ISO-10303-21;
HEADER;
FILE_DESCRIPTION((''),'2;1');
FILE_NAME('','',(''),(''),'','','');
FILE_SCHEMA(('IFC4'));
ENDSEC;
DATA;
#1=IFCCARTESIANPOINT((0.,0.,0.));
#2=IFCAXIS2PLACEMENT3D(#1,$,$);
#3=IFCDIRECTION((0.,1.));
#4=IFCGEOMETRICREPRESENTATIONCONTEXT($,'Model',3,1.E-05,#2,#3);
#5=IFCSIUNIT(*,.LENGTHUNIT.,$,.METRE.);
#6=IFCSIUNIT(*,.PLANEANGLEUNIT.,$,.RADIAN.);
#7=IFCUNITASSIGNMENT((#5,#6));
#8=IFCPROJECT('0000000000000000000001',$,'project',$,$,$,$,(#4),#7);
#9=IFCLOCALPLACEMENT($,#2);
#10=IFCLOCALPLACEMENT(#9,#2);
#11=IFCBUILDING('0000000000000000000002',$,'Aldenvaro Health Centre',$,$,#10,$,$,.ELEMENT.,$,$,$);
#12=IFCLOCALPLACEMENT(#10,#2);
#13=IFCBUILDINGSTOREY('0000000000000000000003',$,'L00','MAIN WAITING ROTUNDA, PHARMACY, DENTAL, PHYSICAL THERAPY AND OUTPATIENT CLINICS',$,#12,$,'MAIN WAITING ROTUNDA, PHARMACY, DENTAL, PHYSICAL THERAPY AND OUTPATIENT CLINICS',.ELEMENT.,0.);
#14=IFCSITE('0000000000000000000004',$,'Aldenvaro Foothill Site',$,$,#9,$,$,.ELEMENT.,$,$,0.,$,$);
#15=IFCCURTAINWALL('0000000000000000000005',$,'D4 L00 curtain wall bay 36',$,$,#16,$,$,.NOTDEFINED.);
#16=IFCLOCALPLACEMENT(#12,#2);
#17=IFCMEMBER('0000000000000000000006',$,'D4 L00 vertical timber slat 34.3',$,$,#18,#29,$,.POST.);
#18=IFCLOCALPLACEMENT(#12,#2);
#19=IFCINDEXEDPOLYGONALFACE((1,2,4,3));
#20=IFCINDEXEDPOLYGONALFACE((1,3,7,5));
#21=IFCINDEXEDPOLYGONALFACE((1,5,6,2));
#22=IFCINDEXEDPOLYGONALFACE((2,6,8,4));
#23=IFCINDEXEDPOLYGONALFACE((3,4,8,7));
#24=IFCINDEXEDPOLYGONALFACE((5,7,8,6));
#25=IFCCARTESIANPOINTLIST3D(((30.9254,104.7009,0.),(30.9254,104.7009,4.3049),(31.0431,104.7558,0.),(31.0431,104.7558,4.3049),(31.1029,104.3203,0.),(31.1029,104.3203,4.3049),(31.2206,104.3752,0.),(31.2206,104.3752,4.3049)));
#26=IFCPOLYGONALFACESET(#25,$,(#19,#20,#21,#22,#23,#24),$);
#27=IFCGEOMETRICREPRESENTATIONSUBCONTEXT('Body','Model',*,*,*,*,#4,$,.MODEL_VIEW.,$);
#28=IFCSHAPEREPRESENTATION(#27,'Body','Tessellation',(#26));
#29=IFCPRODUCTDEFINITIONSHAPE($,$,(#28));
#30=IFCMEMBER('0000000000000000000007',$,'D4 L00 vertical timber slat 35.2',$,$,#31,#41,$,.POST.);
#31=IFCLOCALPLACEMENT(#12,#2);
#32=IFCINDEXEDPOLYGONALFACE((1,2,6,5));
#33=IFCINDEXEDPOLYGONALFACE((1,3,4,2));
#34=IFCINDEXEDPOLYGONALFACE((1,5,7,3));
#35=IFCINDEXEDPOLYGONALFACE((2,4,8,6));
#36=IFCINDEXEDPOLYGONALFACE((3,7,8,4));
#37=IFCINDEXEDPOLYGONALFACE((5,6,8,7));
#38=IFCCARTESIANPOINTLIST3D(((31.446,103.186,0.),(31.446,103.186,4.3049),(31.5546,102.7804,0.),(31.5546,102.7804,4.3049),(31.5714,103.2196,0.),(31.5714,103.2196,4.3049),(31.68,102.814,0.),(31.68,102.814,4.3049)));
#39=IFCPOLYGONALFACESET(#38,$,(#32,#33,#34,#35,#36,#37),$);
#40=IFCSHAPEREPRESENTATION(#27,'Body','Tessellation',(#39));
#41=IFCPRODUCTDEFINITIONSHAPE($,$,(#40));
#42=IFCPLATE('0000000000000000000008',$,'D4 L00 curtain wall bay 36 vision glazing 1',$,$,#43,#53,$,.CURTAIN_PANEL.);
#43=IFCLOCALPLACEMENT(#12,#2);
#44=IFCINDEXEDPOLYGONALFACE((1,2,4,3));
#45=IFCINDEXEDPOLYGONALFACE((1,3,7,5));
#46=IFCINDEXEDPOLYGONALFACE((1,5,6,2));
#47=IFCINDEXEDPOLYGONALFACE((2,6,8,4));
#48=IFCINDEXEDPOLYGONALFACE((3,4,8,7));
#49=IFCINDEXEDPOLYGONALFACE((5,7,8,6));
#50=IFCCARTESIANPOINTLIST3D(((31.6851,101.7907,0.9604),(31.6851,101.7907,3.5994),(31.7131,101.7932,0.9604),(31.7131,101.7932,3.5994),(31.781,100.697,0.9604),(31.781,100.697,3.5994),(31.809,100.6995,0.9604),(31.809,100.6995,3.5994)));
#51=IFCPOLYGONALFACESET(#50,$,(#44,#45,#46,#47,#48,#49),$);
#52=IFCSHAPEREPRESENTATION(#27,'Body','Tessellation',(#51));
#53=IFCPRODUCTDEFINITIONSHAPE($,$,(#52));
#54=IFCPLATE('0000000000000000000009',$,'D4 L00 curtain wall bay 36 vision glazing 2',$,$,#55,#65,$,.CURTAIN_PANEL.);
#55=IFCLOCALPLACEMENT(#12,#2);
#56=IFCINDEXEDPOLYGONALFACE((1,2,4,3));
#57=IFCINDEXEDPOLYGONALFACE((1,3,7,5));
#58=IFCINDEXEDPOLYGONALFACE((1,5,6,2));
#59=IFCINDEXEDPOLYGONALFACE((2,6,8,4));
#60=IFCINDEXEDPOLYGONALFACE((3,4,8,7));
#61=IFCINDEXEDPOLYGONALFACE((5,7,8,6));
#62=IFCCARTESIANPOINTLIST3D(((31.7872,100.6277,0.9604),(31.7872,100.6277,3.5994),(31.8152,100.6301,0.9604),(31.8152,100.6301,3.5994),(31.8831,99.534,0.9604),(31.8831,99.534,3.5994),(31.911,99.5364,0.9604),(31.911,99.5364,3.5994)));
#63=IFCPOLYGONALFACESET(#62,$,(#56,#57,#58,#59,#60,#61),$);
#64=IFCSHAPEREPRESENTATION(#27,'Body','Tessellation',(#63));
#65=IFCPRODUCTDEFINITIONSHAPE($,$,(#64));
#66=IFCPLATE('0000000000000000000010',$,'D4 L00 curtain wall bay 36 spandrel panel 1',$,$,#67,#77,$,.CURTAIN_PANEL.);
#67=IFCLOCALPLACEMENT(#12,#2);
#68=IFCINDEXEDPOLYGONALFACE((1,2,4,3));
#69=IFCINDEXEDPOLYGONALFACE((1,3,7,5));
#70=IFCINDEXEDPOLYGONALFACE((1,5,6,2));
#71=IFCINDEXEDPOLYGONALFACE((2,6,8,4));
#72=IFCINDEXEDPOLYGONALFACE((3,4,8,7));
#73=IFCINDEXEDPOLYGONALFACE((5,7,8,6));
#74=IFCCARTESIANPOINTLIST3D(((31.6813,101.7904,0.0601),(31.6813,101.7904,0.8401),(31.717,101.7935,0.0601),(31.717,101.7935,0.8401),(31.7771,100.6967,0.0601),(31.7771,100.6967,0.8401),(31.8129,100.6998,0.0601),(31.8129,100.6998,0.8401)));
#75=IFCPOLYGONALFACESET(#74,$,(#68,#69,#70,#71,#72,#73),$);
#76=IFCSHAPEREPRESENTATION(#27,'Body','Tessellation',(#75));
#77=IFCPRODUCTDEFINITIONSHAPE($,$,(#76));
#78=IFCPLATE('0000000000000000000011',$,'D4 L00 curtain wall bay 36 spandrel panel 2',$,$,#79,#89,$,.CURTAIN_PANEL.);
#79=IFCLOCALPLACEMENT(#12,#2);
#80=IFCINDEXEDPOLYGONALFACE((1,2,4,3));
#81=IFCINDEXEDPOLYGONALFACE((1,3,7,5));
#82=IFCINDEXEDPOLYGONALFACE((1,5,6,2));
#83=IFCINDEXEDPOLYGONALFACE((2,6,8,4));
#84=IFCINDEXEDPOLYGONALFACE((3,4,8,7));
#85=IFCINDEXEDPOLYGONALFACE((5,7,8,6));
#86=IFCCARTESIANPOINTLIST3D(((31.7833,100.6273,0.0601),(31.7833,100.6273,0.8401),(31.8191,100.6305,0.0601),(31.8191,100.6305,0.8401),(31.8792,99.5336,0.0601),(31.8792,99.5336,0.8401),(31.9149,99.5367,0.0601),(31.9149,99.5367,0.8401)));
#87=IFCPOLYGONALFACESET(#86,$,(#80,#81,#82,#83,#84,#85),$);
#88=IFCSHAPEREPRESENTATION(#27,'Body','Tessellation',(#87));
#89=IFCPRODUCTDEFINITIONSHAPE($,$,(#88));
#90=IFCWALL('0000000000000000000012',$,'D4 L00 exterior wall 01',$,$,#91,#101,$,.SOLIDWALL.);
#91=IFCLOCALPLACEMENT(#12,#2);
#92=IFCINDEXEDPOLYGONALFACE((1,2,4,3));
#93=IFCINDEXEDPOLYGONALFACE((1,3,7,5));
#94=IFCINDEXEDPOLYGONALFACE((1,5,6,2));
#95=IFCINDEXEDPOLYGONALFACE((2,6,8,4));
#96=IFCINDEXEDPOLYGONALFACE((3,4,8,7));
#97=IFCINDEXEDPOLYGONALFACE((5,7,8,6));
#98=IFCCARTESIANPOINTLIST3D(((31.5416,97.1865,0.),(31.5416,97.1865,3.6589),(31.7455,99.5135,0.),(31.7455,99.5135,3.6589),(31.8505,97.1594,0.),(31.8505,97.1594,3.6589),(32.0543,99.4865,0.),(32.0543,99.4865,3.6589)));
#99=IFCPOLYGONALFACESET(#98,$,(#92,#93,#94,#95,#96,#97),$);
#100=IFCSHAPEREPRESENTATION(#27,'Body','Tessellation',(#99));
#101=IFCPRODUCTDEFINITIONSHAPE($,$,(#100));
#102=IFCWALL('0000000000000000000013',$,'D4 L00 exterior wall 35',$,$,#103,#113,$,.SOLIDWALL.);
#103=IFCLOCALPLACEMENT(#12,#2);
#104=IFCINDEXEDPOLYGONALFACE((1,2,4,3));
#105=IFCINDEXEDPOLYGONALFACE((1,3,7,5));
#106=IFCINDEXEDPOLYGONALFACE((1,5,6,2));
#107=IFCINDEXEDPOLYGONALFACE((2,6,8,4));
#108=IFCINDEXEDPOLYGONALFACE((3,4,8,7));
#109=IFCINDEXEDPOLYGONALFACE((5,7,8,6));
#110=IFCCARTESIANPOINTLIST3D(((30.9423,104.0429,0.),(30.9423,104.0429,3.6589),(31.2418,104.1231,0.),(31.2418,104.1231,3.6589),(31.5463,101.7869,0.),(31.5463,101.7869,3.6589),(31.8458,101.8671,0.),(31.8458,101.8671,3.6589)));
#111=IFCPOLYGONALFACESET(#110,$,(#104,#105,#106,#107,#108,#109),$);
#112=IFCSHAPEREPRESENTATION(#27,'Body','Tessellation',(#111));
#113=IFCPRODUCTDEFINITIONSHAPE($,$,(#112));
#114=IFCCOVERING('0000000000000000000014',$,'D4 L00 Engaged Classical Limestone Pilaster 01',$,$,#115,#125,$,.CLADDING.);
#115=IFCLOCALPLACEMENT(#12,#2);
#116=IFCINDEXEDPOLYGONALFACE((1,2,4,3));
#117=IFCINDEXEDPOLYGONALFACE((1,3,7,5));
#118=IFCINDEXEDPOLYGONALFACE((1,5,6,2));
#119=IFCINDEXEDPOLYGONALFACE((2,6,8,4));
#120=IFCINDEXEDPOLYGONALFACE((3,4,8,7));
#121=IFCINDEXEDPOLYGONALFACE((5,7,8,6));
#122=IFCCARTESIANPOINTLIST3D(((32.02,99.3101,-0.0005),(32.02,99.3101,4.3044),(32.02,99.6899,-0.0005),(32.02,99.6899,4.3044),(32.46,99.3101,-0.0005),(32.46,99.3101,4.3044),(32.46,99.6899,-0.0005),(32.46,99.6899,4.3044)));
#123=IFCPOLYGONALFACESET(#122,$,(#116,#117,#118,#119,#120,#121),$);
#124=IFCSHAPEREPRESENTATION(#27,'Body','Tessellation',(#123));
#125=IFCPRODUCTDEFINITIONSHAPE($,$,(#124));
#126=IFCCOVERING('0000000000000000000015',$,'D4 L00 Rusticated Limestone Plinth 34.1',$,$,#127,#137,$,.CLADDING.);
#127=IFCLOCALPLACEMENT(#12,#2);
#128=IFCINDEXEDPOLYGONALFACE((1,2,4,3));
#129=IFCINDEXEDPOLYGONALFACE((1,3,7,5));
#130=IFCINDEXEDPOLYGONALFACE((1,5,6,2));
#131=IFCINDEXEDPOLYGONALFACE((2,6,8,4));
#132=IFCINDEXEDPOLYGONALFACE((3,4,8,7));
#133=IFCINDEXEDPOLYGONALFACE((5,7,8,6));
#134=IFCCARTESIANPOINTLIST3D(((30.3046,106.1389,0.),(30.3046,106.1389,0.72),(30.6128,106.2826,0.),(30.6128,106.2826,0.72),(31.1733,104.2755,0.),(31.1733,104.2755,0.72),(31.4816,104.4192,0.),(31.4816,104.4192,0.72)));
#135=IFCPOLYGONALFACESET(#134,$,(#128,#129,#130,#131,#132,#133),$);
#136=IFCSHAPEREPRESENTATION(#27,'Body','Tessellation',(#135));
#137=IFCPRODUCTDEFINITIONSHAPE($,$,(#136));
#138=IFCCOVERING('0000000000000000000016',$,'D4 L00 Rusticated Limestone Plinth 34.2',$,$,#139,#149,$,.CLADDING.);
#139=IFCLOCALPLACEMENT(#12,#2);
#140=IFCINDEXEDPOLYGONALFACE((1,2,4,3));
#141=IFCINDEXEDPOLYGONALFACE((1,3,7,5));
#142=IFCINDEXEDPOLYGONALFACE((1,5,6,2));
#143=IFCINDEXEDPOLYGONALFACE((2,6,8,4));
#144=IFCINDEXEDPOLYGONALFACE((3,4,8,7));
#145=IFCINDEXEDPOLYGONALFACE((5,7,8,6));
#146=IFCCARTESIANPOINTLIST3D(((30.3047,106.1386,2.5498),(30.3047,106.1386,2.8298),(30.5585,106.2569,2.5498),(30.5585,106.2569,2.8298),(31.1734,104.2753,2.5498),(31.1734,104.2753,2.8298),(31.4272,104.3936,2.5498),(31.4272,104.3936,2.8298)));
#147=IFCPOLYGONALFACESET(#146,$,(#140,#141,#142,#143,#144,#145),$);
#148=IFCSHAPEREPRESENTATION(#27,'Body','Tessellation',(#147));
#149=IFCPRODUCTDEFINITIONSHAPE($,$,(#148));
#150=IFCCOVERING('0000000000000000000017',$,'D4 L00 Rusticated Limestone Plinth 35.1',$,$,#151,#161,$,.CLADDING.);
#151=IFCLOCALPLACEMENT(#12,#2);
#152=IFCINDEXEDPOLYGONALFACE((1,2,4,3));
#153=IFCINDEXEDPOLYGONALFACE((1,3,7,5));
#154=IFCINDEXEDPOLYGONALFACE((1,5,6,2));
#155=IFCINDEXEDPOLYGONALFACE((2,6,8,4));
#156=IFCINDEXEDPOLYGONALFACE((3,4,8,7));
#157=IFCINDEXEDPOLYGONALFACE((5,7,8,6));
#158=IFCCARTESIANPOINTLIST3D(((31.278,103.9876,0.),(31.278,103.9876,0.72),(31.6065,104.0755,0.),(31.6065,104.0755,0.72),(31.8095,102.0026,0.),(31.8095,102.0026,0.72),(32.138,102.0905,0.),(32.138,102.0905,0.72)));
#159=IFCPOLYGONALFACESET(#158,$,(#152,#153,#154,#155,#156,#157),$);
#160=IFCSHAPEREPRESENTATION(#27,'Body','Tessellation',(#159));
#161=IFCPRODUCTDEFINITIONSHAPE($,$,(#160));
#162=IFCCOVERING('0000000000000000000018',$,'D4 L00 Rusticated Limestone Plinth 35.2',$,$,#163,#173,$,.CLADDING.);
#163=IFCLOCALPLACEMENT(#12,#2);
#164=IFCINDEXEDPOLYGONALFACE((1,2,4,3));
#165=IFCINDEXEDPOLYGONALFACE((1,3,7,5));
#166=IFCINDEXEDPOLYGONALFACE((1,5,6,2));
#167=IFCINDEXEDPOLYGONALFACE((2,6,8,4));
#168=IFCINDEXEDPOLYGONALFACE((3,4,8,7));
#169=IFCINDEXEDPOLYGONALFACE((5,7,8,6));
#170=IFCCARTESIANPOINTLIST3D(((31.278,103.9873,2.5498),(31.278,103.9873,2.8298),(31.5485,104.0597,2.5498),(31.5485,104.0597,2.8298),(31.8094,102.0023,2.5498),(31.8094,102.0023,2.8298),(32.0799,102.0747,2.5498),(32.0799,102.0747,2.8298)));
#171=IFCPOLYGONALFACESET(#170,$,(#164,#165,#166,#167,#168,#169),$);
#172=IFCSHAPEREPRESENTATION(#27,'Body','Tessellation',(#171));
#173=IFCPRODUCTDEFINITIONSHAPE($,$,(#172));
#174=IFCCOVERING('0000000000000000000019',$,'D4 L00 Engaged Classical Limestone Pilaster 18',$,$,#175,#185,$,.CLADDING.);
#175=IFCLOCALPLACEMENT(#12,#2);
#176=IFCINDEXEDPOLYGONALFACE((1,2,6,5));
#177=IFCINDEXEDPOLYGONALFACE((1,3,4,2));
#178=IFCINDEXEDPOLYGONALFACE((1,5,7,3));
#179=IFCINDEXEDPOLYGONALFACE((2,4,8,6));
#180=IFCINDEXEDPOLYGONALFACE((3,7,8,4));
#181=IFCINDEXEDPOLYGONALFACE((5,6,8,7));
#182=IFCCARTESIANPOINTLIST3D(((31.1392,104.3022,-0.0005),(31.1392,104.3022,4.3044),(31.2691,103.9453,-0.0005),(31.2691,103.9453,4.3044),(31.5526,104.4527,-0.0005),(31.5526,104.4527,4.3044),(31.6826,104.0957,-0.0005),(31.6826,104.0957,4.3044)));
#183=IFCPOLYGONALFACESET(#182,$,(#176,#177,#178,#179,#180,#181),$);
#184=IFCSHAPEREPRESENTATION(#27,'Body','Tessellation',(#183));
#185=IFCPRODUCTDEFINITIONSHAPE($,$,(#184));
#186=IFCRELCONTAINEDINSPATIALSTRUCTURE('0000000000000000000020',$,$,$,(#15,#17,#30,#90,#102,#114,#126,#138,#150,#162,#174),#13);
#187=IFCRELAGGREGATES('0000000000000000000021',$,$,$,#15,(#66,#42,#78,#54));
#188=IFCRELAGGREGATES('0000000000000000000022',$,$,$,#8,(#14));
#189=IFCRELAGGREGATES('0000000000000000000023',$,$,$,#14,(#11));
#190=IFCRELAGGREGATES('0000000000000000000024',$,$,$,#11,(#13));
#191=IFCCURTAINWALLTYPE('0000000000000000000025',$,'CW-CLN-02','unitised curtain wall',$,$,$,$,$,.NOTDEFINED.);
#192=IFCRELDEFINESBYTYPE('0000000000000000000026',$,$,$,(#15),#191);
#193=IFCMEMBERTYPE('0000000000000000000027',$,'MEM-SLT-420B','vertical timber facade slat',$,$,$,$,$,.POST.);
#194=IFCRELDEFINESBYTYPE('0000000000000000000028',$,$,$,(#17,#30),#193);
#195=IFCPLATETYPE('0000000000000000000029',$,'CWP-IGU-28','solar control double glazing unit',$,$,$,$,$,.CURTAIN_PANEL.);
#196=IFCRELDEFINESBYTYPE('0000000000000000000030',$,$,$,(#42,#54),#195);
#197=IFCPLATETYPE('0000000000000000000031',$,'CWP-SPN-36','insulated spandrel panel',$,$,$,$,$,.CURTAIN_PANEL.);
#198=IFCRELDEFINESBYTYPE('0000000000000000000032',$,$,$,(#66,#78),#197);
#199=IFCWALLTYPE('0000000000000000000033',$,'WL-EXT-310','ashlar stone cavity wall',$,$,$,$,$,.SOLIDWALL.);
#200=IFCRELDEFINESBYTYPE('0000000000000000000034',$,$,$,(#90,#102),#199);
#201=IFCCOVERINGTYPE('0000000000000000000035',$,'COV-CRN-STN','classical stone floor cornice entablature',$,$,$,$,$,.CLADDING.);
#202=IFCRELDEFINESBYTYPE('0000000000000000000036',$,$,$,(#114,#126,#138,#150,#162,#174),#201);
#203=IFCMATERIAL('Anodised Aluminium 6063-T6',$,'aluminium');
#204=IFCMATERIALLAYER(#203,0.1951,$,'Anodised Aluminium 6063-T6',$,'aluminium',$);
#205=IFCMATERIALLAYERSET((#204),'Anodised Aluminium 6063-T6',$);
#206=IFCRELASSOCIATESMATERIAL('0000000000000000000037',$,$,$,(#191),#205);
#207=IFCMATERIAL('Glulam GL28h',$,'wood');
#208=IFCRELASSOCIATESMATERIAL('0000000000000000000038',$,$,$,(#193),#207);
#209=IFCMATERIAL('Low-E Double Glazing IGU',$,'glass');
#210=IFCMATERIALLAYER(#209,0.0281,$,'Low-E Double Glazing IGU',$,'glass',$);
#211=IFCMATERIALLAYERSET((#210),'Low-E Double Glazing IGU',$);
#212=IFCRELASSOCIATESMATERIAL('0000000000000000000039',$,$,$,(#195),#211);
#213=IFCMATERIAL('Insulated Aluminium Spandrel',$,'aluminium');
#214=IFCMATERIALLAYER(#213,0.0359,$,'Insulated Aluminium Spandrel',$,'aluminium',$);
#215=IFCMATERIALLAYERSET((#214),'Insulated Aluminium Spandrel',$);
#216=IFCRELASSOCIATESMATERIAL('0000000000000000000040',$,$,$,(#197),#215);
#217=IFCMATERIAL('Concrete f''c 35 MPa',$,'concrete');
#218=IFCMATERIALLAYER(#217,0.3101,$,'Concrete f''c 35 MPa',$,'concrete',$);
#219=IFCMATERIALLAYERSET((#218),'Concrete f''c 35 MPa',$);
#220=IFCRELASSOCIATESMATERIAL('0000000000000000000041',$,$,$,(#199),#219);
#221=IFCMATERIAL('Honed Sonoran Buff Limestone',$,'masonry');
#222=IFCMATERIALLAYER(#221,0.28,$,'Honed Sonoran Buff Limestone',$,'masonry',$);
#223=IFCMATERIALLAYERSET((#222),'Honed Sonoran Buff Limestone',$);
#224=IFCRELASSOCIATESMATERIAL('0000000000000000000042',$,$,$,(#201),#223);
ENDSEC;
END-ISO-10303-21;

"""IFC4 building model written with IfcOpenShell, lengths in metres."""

from ifc_helpers import new_model, si_unit, direction, frame, frame_2d, origin, origin_2d, place, context, subcontext, project, spatial, rectangle, extrude, material, layer, layer_set, material_profile, profile_set, type_object, element, aggregate, save


model = new_model("IFC4")

# Units and contexts
model_context = context("Model", 3, precision=1e-05, world=origin(), true_north=direction((0.0, 1.0)))
body_context = subcontext(model_context, "Body", "Model", "MODEL_VIEW")
ifc_project = project(units=[si_unit("LENGTHUNIT", "METRE"), si_unit("PLANEANGLEUNIT", "RADIAN")], contexts=[model_context])

# Site, building, storey
site_placement = place(None, origin())
site = spatial("IfcSite", under=ifc_project, at=site_placement, Name="Aldenvaro Foothill Site", CompositionType="ELEMENT", RefElevation=0.0)
building_placement = place(site_placement, origin())
building = spatial("IfcBuilding", under=site, at=building_placement, Name="Aldenvaro Health Centre", CompositionType="ELEMENT")
storey_placement = place(building_placement, origin())
storey = spatial("IfcBuildingStorey", under=building, at=storey_placement, Name="L00", Description="MAIN WAITING ROTUNDA, PHARMACY, DENTAL, PHYSICAL THERAPY AND OUTPATIENT CLINICS", LongName="MAIN WAITING ROTUNDA, PHARMACY, DENTAL, PHYSICAL THERAPY AND OUTPATIENT CLINICS", CompositionType="ELEMENT", Elevation=0.0)

# Shared definitions
ifc_material_1 = material(Name="Glulam GL28h", Category="wood")

# Curtain wall
ifc_material_2 = material(Name="Anodised Aluminium 6063-T6", Category="aluminium")
ifc_layer_1 = layer(ifc_material_2, 0.1951, Name="Anodised Aluminium 6063-T6", Category="aluminium")
ifc_layer_set_1 = layer_set([ifc_layer_1], Name="Anodised Aluminium 6063-T6")
curtain_wall_type = type_object("IfcCurtainWallType", Name="CW-CLN-02", Description="unitised curtain wall", PredefinedType="NOTDEFINED", material=ifc_layer_set_1)
curtain_wall_placement = place(storey_placement, origin())
curtain_wall = element("IfcCurtainWall", 1, at=curtain_wall_placement, inside=storey, type_object=curtain_wall_type, Name="D4 L00 curtain wall bay 36", PredefinedType="NOTDEFINED")

# Members
ifc_material_profile_1 = material_profile(ifc_material_1, rectangle(XDim=0.1299, YDim=0.4199, at=origin_2d()), Name="GL 130x420", Category="wood")
ifc_profile_set_1 = profile_set([ifc_material_profile_1], Name="Glulam GL28h")
member_type_1 = type_object("IfcMemberType", Name="MEM-SLT-420B", Description="vertical timber facade slat", PredefinedType="POST", material=ifc_profile_set_1)
for number, where, z_axis, x_axis, name in (
    (2, (31.073, 104.5381, 0.0), (0.0, 0.0, 1.0), (0.906336, 0.422557, 0.0), "D4 L00 vertical timber slat 34.3"),
    (3, (31.563, 103.0, 0.0), (0.0, 0.0, 1.0), (0.965979, 0.258622, 0.0), "D4 L00 vertical timber slat 35.2"),
):
    element("IfcMember", number, at=place(storey_placement, frame(where, z_axis=z_axis, x_axis=x_axis)), inside=storey, type_object=member_type_1, Name=name, PredefinedType="POST", context=body_context, shape_type="SweptSolid", body=[
        extrude(rectangle(XDim=0.1299, YDim=0.4199, at=origin_2d()), origin(), (0.0, 0.0, 1.0), 4.3049),
    ])

# Plates
ifc_material_3 = material(Name="Low-E Double Glazing IGU", Category="glass")
ifc_layer_2 = layer(ifc_material_3, 0.0281, Name="Low-E Double Glazing IGU", Category="glass")
ifc_layer_set_2 = layer_set([ifc_layer_2], Name="Low-E Double Glazing IGU")
plate_type_1 = type_object("IfcPlateType", Name="CWP-IGU-28", Description="solar control double glazing unit", PredefinedType="CURTAIN_PANEL", material=ifc_layer_set_2)
plate_1_placement = place(storey_placement, frame((31.7471, 101.2451, 0.9604), z_axis=(0.0, 0.0, 1.0), x_axis=(0.087332, -0.996179, 0.0)))
plate_1 = element("IfcPlate", 4, at=plate_1_placement, type_object=plate_type_1, Name="D4 L00 curtain wall bay 36 vision glazing 1", PredefinedType="CURTAIN_PANEL", context=body_context, shape_type="SweptSolid", body=[
    extrude(rectangle(XDim=1.0979, YDim=0.0281, at=origin_2d()), origin(), (0.0, 0.0, 1.0), 2.6389),
])
plate_2_placement = place(storey_placement, frame((31.8491, 100.082, 0.9604), z_axis=(0.0, 0.0, 1.0), x_axis=(0.087332, -0.996179, 0.0)))
plate_2 = element("IfcPlate", 5, at=plate_2_placement, type_object=plate_type_1, Name="D4 L00 curtain wall bay 36 vision glazing 2", PredefinedType="CURTAIN_PANEL", context=body_context, shape_type="SweptSolid", body=[
    extrude(rectangle(XDim=1.0979, YDim=0.0281, at=origin_2d()), origin(), (0.0, 0.0, 1.0), 2.6389),
])
ifc_material_4 = material(Name="Insulated Aluminium Spandrel", Category="aluminium")
ifc_layer_3 = layer(ifc_material_4, 0.0359, Name="Insulated Aluminium Spandrel", Category="aluminium")
ifc_layer_set_3 = layer_set([ifc_layer_3], Name="Insulated Aluminium Spandrel")
plate_type_2 = type_object("IfcPlateType", Name="CWP-SPN-36", Description="insulated spandrel panel", PredefinedType="CURTAIN_PANEL", material=ifc_layer_set_3)
plate_3_placement = place(storey_placement, frame((31.7471, 101.2451, 0.0601), z_axis=(0.0, 0.0, 1.0), x_axis=(0.087332, -0.996179, 0.0)))
plate_3 = element("IfcPlate", 6, at=plate_3_placement, type_object=plate_type_2, Name="D4 L00 curtain wall bay 36 spandrel panel 1", PredefinedType="CURTAIN_PANEL", context=body_context, shape_type="SweptSolid", body=[
    extrude(rectangle(XDim=1.0979, YDim=0.0359, at=origin_2d()), origin(), (0.0, 0.0, 1.0), 0.78),
])
plate_4_placement = place(storey_placement, frame((31.8491, 100.082, 0.0601), z_axis=(0.0, 0.0, 1.0), x_axis=(0.087332, -0.996179, 0.0)))
plate_4 = element("IfcPlate", 7, at=plate_4_placement, type_object=plate_type_2, Name="D4 L00 curtain wall bay 36 spandrel panel 2", PredefinedType="CURTAIN_PANEL", context=body_context, shape_type="SweptSolid", body=[
    extrude(rectangle(XDim=1.0979, YDim=0.0359, at=origin_2d()), origin(), (0.0, 0.0, 1.0), 0.78),
])
aggregate(curtain_wall, [plate_3, plate_1, plate_4, plate_2])

# Walls
ifc_material_5 = material(Name="Concrete f'c 35 MPa", Category="concrete")
ifc_layer_4 = layer(ifc_material_5, 0.3101, Name="Concrete f'c 35 MPa", Category="concrete")
ifc_layer_set_4 = layer_set([ifc_layer_4], Name="Concrete f'c 35 MPa")
wall_type = type_object("IfcWallType", Name="WL-EXT-310", Description="ashlar stone cavity wall", PredefinedType="SOLIDWALL", material=ifc_layer_set_4)
wall_1_placement = place(storey_placement, frame((31.8999, 99.5, 0.0), z_axis=(0.0, 0.0, 1.0), x_axis=(-0.087275, -0.996184, 0.0)))
element("IfcWall", 8, at=wall_1_placement, inside=storey, type_object=wall_type, Name="D4 L00 exterior wall 01", PredefinedType="SOLIDWALL", context=body_context, shape_type="SweptSolid", body=[
    extrude(rectangle(XDim=2.3359, YDim=0.3101, at=frame_2d((1.168, 0.0))), origin(), (0.0, 0.0, 1.0), 3.6589),
])
wall_2_placement = place(storey_placement, frame((31.092, 104.083, 0.0), z_axis=(0.0, 0.0, 1.0), x_axis=(0.258612, -0.965981, 0.0)))
element("IfcWall", 9, at=wall_2_placement, inside=storey, type_object=wall_type, Name="D4 L00 exterior wall 35", PredefinedType="SOLIDWALL", context=body_context, shape_type="SweptSolid", body=[
    extrude(rectangle(XDim=2.3354, YDim=0.3101, at=frame_2d((1.1677, 0.0))), origin(), (0.0, 0.0, 1.0), 3.6589),
])

# Coverings
ifc_material_6 = material(Name="Honed Sonoran Buff Limestone", Category="masonry")
ifc_layer_5 = layer(ifc_material_6, 0.28, Name="Honed Sonoran Buff Limestone", Category="masonry")
ifc_layer_set_5 = layer_set([ifc_layer_5], Name="Honed Sonoran Buff Limestone")
covering_type = type_object("IfcCoveringType", Name="COV-CRN-STN", Description="classical stone floor cornice entablature", PredefinedType="CLADDING", material=ifc_layer_set_5)
covering_1_placement = place(storey_placement, frame((32.24, 99.5, -0.0005), z_axis=(0.0, 0.0, 1.0), x_axis=(1.0, 0.0, 0.0)))
element("IfcCovering", 10, at=covering_1_placement, inside=storey, type_object=covering_type, Name="D4 L00 Engaged Classical Limestone Pilaster 01", PredefinedType="CLADDING", context=body_context, shape_type="SweptSolid", body=[
    extrude(rectangle(XDim=0.4399, YDim=0.3799, at=origin_2d()), origin(), (0.0, 0.0, 1.0), 4.3049),
])
covering_2_placement = place(storey_placement, frame((30.8931, 105.2791, 0.0), z_axis=(0.0, 0.0, 1.0), x_axis=(0.422557, -0.906336, 0.0)))
element("IfcCovering", 11, at=covering_2_placement, inside=storey, type_object=covering_type, Name="D4 L00 Rusticated Limestone Plinth 34.1", PredefinedType="CLADDING", context=body_context, shape_type="SweptSolid", body=[
    extrude(rectangle(XDim=2.0559, YDim=0.3401, at=origin_2d()), origin(), (0.0, 0.0, 1.0), 0.72),
])
covering_3_placement = place(storey_placement, frame((30.866, 105.2661, 2.5498), z_axis=(0.0, 0.0, 1.0), x_axis=(0.422557, -0.906336, 0.0)))
element("IfcCovering", 12, at=covering_3_placement, inside=storey, type_object=covering_type, Name="D4 L00 Rusticated Limestone Plinth 34.2", PredefinedType="CLADDING", context=body_context, shape_type="SweptSolid", body=[
    extrude(rectangle(XDim=2.0559, YDim=0.28, at=origin_2d()), origin(), (0.0, 0.0, 1.0), 0.28),
])
covering_4_placement = place(storey_placement, frame((31.708, 103.0391, 0.0), z_axis=(0.0, 0.0, 1.0), x_axis=(0.258622, -0.965979, 0.0)))
element("IfcCovering", 13, at=covering_4_placement, inside=storey, type_object=covering_type, Name="D4 L00 Rusticated Limestone Plinth 35.1", PredefinedType="CLADDING", context=body_context, shape_type="SweptSolid", body=[
    extrude(rectangle(XDim=2.0549, YDim=0.3401, at=origin_2d()), origin(), (0.0, 0.0, 1.0), 0.72),
])
covering_5_placement = place(storey_placement, frame((31.679, 103.031, 2.5498), z_axis=(0.0, 0.0, 1.0), x_axis=(0.258622, -0.965979, 0.0)))
element("IfcCovering", 14, at=covering_5_placement, inside=storey, type_object=covering_type, Name="D4 L00 Rusticated Limestone Plinth 35.2", PredefinedType="CLADDING", context=body_context, shape_type="SweptSolid", body=[
    extrude(rectangle(XDim=2.0549, YDim=0.28, at=origin_2d()), origin(), (0.0, 0.0, 1.0), 0.28),
])
covering_6_placement = place(storey_placement, frame((31.4109, 104.199, -0.0005), z_axis=(0.0, 0.0, 1.0), x_axis=(0.939695, 0.342013, 0.0)))
element("IfcCovering", 15, at=covering_6_placement, inside=storey, type_object=covering_type, Name="D4 L00 Engaged Classical Limestone Pilaster 18", PredefinedType="CLADDING", context=body_context, shape_type="SweptSolid", body=[
    extrude(rectangle(XDim=0.4399, YDim=0.3799, at=origin_2d()), origin(), (0.0, 0.0, 1.0), 4.3049),
])

save(model, "model.ifc")
